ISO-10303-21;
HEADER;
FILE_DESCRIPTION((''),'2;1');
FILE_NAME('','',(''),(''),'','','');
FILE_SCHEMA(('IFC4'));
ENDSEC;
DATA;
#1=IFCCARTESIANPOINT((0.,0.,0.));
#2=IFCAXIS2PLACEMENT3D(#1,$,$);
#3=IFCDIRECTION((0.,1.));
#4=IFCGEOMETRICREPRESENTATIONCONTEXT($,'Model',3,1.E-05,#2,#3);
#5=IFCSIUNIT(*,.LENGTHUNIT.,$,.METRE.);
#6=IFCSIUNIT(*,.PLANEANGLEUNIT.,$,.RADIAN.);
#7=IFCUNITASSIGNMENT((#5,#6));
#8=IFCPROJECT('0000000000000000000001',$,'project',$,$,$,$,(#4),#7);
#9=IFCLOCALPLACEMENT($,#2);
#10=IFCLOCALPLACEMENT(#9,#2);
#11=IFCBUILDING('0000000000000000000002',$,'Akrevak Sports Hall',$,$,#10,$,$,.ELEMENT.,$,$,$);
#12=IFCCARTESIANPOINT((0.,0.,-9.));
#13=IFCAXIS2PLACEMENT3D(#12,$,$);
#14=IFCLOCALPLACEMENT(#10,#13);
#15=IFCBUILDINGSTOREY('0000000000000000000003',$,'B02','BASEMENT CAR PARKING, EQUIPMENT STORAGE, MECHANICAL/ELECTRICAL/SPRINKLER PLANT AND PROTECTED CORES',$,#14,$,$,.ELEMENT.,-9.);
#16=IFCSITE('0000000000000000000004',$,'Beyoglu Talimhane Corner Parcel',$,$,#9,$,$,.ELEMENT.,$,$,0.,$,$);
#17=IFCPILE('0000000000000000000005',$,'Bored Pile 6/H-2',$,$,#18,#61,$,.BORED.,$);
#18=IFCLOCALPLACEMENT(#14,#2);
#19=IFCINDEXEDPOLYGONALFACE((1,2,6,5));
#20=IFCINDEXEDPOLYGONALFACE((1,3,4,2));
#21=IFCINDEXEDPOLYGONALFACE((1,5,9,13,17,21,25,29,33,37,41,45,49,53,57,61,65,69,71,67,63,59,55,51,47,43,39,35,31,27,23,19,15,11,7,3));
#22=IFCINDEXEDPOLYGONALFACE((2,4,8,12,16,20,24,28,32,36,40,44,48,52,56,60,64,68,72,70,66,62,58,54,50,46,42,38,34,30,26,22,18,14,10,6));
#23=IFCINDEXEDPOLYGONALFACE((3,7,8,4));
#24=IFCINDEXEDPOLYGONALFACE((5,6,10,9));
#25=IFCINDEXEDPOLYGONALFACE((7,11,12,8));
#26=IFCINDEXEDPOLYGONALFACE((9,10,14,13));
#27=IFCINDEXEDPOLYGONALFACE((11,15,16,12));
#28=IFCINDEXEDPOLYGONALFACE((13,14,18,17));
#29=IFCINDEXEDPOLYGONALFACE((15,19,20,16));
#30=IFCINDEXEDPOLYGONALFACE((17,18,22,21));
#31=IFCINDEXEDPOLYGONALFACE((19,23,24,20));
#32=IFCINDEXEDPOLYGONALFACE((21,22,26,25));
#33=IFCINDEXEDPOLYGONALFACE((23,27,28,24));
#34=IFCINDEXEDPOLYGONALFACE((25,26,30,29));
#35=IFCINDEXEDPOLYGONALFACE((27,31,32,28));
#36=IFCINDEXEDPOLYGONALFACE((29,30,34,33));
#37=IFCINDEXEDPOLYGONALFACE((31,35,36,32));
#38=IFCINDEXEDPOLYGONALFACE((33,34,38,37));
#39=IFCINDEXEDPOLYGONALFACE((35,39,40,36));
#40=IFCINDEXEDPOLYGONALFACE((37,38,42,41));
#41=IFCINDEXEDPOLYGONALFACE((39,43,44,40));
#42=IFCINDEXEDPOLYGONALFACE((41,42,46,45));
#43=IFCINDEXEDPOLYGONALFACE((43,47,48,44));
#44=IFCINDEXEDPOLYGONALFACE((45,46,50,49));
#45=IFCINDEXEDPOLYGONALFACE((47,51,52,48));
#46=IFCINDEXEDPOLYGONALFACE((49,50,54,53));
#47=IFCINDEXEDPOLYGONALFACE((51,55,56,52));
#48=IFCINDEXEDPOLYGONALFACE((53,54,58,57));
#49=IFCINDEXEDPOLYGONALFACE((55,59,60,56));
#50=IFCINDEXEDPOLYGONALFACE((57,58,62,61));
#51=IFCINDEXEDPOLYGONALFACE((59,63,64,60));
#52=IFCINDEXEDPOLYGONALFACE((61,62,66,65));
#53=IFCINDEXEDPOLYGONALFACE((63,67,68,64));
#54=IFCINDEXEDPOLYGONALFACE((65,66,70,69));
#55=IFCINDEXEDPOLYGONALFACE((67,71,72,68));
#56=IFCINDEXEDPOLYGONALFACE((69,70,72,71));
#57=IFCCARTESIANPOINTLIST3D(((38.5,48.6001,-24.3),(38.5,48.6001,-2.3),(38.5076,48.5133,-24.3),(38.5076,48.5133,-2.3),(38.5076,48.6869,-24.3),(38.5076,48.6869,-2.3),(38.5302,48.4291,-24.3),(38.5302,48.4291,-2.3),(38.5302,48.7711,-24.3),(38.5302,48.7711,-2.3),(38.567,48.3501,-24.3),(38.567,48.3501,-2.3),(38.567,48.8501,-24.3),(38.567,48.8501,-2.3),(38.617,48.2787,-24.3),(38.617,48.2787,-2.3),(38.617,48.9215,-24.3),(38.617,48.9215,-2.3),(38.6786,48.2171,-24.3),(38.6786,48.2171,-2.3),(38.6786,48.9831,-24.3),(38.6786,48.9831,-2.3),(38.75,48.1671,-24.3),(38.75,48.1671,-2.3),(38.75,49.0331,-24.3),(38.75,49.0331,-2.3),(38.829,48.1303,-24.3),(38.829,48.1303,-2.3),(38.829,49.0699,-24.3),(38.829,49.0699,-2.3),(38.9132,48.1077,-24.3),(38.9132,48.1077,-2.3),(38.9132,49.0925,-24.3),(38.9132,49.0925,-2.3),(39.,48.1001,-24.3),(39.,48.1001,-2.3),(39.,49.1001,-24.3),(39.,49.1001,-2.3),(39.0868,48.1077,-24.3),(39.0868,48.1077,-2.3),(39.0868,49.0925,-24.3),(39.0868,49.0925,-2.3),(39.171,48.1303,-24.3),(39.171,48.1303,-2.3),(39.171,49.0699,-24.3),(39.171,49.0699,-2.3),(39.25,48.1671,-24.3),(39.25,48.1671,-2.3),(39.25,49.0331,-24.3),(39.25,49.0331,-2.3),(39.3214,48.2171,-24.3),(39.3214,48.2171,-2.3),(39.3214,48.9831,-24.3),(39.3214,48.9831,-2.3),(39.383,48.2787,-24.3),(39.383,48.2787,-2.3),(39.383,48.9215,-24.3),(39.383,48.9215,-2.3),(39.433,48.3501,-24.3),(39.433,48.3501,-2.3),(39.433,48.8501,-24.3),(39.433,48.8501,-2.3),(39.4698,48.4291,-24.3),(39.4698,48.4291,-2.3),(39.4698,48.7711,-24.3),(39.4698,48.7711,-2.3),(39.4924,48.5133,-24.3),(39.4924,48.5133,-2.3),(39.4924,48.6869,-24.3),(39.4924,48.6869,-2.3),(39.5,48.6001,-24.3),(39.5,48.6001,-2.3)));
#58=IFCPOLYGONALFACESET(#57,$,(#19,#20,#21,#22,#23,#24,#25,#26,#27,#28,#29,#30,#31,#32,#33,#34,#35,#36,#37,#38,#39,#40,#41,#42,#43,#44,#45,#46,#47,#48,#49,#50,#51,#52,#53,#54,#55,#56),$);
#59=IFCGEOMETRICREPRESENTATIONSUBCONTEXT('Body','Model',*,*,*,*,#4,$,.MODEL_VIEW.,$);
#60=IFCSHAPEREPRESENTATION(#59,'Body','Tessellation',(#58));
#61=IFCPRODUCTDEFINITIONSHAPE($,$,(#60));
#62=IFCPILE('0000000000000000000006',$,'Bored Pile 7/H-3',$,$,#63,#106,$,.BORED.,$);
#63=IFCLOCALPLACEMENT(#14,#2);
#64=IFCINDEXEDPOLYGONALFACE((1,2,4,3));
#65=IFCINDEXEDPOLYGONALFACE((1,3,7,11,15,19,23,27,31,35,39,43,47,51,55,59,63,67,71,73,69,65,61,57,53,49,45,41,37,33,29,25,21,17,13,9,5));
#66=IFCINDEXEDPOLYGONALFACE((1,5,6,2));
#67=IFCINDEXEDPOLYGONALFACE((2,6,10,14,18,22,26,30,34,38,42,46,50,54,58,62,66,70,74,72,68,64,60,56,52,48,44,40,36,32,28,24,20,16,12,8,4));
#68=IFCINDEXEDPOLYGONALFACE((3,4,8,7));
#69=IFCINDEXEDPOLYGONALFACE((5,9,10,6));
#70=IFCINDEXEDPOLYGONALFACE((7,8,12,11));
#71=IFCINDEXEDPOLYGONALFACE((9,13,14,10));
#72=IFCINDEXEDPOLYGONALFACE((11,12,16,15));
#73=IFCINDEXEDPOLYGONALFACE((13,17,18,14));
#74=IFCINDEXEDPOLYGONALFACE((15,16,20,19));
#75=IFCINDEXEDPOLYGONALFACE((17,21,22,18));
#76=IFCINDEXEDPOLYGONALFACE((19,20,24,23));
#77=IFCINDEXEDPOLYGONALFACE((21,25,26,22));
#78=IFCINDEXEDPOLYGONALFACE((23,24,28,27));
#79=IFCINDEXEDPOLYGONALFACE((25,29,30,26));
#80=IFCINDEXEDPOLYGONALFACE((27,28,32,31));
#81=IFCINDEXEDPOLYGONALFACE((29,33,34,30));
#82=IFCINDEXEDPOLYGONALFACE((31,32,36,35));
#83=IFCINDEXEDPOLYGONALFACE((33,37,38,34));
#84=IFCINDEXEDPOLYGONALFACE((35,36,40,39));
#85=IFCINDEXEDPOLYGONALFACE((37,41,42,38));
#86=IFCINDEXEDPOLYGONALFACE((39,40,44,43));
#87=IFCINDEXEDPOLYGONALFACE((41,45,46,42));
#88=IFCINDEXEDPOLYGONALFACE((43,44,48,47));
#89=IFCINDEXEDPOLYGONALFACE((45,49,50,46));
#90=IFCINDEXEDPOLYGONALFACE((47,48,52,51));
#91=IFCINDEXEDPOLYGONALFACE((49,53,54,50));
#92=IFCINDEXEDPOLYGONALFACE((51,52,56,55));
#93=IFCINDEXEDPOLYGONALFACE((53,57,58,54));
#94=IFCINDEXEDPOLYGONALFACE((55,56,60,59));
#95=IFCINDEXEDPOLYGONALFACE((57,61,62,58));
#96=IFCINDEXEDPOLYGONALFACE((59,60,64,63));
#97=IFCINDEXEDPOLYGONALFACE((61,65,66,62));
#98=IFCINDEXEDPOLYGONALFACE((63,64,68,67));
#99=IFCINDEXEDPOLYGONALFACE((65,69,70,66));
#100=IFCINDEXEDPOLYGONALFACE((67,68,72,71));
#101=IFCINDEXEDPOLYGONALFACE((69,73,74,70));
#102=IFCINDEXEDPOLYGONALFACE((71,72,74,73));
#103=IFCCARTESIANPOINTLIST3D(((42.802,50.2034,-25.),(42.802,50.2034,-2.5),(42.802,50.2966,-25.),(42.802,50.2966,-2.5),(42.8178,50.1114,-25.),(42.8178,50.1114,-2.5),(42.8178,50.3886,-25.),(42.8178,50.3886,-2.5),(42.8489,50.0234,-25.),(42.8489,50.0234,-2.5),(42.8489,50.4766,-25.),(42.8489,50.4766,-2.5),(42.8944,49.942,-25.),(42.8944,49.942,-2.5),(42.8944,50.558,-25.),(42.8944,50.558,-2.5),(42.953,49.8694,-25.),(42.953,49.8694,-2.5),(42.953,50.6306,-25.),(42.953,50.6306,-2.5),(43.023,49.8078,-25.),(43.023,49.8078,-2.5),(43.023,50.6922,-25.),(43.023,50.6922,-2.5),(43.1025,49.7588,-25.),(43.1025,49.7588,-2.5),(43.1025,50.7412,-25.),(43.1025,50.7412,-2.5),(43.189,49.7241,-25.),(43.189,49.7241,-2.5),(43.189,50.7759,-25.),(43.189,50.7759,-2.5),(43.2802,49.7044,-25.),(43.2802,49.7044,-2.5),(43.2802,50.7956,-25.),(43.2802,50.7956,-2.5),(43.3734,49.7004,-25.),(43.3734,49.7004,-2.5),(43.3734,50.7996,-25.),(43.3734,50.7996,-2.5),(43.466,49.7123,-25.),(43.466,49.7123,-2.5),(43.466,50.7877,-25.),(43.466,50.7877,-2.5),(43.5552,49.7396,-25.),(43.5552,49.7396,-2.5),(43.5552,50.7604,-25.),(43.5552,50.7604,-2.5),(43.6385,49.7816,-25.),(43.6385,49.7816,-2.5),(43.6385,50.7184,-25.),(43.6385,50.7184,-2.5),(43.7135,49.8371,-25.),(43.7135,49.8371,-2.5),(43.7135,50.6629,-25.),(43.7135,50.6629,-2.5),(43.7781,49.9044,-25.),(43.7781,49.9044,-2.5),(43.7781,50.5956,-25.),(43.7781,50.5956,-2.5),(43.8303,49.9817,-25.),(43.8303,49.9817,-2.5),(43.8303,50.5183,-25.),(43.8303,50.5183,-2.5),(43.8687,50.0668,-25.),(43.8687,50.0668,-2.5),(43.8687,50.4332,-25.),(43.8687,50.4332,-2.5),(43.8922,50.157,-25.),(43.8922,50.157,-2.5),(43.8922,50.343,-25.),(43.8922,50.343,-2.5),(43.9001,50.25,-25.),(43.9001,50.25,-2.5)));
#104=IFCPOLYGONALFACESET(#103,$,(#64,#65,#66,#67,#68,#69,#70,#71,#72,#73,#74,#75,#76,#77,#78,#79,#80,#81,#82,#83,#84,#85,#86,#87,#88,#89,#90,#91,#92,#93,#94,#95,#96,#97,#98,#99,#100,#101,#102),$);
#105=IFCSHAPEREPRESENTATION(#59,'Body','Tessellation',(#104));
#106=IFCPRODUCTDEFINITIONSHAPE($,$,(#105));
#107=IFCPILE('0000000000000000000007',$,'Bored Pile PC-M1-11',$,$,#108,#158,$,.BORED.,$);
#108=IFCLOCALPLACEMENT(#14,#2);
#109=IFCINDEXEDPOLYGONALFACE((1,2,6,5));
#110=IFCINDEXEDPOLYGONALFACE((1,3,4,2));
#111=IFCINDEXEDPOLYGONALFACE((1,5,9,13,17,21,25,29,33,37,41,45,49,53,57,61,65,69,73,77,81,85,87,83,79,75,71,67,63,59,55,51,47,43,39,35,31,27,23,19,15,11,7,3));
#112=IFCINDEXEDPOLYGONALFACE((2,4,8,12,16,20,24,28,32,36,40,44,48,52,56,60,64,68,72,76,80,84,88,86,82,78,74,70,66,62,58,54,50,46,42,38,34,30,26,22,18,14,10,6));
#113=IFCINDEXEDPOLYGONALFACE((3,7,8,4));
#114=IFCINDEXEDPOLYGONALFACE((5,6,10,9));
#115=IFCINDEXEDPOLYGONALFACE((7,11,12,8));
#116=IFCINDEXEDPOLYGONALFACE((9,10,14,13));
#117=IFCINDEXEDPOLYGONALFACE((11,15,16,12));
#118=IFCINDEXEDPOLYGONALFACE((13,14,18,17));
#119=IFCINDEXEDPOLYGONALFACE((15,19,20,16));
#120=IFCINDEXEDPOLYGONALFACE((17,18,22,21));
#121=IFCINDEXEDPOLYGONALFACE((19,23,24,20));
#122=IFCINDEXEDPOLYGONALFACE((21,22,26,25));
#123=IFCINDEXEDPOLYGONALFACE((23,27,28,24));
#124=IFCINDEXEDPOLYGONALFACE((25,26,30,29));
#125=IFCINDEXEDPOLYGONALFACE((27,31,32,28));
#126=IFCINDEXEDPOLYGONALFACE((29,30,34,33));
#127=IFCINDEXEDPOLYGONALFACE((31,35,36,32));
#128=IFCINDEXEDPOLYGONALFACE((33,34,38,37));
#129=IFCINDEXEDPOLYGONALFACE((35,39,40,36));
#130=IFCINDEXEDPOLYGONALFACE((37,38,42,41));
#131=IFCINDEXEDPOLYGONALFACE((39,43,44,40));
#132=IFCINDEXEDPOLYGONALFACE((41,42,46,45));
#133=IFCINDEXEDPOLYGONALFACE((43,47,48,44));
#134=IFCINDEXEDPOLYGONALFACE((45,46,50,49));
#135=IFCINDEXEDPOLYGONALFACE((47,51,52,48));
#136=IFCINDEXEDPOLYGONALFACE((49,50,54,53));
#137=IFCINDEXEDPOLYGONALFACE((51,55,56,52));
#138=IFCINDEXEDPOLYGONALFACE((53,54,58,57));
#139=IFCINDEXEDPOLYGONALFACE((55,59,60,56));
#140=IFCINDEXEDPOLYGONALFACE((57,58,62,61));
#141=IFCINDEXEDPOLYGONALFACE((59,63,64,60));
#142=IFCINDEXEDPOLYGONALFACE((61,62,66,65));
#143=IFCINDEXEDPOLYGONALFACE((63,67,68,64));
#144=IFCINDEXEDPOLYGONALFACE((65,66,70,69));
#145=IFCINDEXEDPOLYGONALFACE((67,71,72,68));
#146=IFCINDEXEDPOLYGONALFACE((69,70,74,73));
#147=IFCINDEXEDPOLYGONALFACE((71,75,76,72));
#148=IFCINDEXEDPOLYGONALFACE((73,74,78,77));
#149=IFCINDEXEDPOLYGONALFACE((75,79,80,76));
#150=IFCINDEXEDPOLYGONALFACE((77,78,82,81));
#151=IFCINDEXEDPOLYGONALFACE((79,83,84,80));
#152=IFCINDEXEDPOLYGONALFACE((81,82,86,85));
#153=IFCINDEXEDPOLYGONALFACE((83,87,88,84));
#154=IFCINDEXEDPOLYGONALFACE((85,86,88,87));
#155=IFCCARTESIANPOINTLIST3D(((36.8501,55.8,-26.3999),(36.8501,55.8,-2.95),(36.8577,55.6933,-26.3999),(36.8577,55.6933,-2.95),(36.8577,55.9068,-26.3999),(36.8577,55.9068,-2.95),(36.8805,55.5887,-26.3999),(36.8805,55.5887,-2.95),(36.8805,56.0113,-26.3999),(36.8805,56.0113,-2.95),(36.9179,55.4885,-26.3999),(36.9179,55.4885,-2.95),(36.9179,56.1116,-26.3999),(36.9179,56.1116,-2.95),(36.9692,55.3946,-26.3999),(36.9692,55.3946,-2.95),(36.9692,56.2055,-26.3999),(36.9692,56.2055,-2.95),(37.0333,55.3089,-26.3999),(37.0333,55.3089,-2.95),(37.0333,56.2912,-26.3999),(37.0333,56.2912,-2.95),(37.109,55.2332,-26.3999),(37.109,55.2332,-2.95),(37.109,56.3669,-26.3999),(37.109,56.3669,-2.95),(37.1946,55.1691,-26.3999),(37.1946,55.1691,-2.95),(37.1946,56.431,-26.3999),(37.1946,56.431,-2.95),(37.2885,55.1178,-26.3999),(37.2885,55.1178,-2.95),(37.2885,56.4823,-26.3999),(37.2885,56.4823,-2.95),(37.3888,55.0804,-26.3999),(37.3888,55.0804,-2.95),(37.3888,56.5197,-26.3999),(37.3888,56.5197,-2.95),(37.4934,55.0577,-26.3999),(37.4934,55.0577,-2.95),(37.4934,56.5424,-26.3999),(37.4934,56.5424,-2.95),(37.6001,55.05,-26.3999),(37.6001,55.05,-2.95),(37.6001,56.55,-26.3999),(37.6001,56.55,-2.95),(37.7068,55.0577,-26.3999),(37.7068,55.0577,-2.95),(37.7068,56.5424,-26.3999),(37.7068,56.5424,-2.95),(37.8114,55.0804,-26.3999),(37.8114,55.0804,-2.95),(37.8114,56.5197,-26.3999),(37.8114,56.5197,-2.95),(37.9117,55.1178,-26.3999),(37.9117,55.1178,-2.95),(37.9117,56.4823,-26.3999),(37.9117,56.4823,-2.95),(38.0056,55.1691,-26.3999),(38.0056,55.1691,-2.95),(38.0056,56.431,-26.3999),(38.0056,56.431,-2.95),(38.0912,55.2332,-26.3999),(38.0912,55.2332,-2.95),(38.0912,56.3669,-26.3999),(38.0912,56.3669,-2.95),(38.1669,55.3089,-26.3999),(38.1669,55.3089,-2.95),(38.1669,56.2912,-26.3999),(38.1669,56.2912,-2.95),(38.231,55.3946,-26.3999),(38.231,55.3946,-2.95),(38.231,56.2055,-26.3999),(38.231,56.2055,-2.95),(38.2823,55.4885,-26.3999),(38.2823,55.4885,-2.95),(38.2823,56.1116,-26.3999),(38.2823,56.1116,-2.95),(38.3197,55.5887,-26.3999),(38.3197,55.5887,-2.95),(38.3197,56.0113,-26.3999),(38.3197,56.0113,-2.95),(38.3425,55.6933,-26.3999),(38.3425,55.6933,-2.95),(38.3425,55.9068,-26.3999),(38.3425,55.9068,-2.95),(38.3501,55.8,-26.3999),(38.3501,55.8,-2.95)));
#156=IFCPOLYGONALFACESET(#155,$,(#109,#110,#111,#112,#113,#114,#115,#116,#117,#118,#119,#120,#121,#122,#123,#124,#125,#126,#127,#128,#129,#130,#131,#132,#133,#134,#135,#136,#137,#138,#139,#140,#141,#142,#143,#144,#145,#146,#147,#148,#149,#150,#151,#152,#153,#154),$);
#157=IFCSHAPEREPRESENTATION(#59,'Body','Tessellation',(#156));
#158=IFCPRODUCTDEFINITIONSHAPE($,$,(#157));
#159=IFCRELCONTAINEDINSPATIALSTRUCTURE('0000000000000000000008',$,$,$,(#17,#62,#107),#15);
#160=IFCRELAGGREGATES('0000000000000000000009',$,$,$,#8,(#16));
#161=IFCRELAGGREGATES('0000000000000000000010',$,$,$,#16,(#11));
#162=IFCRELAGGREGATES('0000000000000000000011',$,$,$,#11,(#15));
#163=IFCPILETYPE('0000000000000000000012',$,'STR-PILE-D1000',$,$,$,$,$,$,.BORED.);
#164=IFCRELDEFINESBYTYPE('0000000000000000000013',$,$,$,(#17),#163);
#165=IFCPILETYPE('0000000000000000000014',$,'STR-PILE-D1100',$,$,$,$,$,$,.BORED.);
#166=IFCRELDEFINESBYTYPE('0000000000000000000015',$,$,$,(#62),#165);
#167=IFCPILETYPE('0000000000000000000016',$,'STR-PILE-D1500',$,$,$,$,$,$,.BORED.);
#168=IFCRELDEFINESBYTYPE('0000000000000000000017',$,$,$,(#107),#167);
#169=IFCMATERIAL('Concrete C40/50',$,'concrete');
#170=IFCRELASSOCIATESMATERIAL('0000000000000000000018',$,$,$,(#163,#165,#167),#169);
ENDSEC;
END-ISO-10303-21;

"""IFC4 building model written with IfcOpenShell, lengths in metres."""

from ifc_helpers import new_model, si_unit, direction, frame, origin, origin_2d, place, context, subcontext, project, spatial, circle, extrude, material, material_profile, profile_set, type_object, element, save


model = new_model("IFC4")

# Units and contexts
model_context = context("Model", 3, precision=1e-05, world=origin(), true_north=direction((0.0, 1.0)))
body_context = subcontext(model_context, "Body", "Model", "MODEL_VIEW")
ifc_project = project(units=[si_unit("LENGTHUNIT", "METRE"), si_unit("PLANEANGLEUNIT", "RADIAN")], contexts=[model_context])

# Site, building, storey
site_placement = place(None, origin())
site = spatial("IfcSite", under=ifc_project, at=site_placement, Name="Beyoglu Talimhane Corner Parcel", CompositionType="ELEMENT", RefElevation=0.0)
building_placement = place(site_placement, origin())
building = spatial("IfcBuilding", under=site, at=building_placement, Name="Akrevak Sports Hall", CompositionType="ELEMENT")
storey_placement = place(building_placement, frame((0.0, 0.0, -9.0)))
storey = spatial("IfcBuildingStorey", under=building, at=storey_placement, Name="B02", Description="BASEMENT CAR PARKING, EQUIPMENT STORAGE, MECHANICAL/ELECTRICAL/SPRINKLER PLANT AND PROTECTED CORES", CompositionType="ELEMENT", Elevation=-9.0)

# Shared definitions
ifc_material_1 = material(Name="Concrete C40/50", Category="concrete")

# Piles
ifc_material_profile_1 = material_profile(ifc_material_1, circle(Radius=0.5, at=origin_2d()), Name="BORED PILE D1000", Category="concrete")
ifc_profile_set_1 = profile_set([ifc_material_profile_1], Name="Concrete C40/50")
pile_type_1 = type_object("IfcPileType", Name="STR-PILE-D1000", PredefinedType="BORED", material=ifc_profile_set_1)
for number, where, z_axis, x_axis, name in (
    (1, (39.0, 48.6001, -2.3), (0.0, 0.0, -1.0), (1.0, 0.0, 0.0), "Bored Pile 6/H-2"),
):
    element("IfcPile", number, at=place(storey_placement, frame(where, z_axis=z_axis, x_axis=x_axis)), inside=storey, type_object=pile_type_1, Name=name, PredefinedType="BORED", context=body_context, shape_type="SweptSolid", body=[
        extrude(circle(Radius=0.5, at=origin_2d()), origin(), (0.0, 0.0, 1.0), 22.0),
    ])
ifc_material_profile_2 = material_profile(ifc_material_1, circle(Radius=0.55, at=origin_2d()), Name="BORED PILE D1100", Category="concrete")
ifc_profile_set_2 = profile_set([ifc_material_profile_2], Name="Concrete C40/50")
pile_type_2 = type_object("IfcPileType", Name="STR-PILE-D1100", PredefinedType="BORED", material=ifc_profile_set_2)
pile_placement = place(storey_placement, frame((43.3501, 50.25, -2.5), z_axis=(0.0, 0.0, -1.0), x_axis=(1.0, 0.0, 0.0)))
element("IfcPile", 2, at=pile_placement, inside=storey, type_object=pile_type_2, Name="Bored Pile 7/H-3", PredefinedType="BORED", context=body_context, shape_type="SweptSolid", body=[
    extrude(circle(Radius=0.55, at=origin_2d()), origin(), (0.0, 0.0, 1.0), 22.5),
])
ifc_material_profile_3 = material_profile(ifc_material_1, circle(Radius=0.75, at=origin_2d()), Name="BORED PILE D1500", Category="concrete")
ifc_profile_set_3 = profile_set([ifc_material_profile_3], Name="Concrete C40/50")
pile_type_3 = type_object("IfcPileType", Name="STR-PILE-D1500", PredefinedType="BORED", material=ifc_profile_set_3)
for number, where, z_axis, x_axis, name in (
    (3, (37.6001, 55.8, -2.95), (0.0, 0.0, -1.0), (1.0, 0.0, 0.0), "Bored Pile PC-M1-11"),
):
    element("IfcPile", number, at=place(storey_placement, frame(where, z_axis=z_axis, x_axis=x_axis)), inside=storey, type_object=pile_type_3, Name=name, PredefinedType="BORED", context=body_context, shape_type="SweptSolid", body=[
        extrude(circle(Radius=0.75, at=origin_2d()), origin(), (0.0, 0.0, 1.0), 23.45),
    ])

save(model, "model.ifc")
